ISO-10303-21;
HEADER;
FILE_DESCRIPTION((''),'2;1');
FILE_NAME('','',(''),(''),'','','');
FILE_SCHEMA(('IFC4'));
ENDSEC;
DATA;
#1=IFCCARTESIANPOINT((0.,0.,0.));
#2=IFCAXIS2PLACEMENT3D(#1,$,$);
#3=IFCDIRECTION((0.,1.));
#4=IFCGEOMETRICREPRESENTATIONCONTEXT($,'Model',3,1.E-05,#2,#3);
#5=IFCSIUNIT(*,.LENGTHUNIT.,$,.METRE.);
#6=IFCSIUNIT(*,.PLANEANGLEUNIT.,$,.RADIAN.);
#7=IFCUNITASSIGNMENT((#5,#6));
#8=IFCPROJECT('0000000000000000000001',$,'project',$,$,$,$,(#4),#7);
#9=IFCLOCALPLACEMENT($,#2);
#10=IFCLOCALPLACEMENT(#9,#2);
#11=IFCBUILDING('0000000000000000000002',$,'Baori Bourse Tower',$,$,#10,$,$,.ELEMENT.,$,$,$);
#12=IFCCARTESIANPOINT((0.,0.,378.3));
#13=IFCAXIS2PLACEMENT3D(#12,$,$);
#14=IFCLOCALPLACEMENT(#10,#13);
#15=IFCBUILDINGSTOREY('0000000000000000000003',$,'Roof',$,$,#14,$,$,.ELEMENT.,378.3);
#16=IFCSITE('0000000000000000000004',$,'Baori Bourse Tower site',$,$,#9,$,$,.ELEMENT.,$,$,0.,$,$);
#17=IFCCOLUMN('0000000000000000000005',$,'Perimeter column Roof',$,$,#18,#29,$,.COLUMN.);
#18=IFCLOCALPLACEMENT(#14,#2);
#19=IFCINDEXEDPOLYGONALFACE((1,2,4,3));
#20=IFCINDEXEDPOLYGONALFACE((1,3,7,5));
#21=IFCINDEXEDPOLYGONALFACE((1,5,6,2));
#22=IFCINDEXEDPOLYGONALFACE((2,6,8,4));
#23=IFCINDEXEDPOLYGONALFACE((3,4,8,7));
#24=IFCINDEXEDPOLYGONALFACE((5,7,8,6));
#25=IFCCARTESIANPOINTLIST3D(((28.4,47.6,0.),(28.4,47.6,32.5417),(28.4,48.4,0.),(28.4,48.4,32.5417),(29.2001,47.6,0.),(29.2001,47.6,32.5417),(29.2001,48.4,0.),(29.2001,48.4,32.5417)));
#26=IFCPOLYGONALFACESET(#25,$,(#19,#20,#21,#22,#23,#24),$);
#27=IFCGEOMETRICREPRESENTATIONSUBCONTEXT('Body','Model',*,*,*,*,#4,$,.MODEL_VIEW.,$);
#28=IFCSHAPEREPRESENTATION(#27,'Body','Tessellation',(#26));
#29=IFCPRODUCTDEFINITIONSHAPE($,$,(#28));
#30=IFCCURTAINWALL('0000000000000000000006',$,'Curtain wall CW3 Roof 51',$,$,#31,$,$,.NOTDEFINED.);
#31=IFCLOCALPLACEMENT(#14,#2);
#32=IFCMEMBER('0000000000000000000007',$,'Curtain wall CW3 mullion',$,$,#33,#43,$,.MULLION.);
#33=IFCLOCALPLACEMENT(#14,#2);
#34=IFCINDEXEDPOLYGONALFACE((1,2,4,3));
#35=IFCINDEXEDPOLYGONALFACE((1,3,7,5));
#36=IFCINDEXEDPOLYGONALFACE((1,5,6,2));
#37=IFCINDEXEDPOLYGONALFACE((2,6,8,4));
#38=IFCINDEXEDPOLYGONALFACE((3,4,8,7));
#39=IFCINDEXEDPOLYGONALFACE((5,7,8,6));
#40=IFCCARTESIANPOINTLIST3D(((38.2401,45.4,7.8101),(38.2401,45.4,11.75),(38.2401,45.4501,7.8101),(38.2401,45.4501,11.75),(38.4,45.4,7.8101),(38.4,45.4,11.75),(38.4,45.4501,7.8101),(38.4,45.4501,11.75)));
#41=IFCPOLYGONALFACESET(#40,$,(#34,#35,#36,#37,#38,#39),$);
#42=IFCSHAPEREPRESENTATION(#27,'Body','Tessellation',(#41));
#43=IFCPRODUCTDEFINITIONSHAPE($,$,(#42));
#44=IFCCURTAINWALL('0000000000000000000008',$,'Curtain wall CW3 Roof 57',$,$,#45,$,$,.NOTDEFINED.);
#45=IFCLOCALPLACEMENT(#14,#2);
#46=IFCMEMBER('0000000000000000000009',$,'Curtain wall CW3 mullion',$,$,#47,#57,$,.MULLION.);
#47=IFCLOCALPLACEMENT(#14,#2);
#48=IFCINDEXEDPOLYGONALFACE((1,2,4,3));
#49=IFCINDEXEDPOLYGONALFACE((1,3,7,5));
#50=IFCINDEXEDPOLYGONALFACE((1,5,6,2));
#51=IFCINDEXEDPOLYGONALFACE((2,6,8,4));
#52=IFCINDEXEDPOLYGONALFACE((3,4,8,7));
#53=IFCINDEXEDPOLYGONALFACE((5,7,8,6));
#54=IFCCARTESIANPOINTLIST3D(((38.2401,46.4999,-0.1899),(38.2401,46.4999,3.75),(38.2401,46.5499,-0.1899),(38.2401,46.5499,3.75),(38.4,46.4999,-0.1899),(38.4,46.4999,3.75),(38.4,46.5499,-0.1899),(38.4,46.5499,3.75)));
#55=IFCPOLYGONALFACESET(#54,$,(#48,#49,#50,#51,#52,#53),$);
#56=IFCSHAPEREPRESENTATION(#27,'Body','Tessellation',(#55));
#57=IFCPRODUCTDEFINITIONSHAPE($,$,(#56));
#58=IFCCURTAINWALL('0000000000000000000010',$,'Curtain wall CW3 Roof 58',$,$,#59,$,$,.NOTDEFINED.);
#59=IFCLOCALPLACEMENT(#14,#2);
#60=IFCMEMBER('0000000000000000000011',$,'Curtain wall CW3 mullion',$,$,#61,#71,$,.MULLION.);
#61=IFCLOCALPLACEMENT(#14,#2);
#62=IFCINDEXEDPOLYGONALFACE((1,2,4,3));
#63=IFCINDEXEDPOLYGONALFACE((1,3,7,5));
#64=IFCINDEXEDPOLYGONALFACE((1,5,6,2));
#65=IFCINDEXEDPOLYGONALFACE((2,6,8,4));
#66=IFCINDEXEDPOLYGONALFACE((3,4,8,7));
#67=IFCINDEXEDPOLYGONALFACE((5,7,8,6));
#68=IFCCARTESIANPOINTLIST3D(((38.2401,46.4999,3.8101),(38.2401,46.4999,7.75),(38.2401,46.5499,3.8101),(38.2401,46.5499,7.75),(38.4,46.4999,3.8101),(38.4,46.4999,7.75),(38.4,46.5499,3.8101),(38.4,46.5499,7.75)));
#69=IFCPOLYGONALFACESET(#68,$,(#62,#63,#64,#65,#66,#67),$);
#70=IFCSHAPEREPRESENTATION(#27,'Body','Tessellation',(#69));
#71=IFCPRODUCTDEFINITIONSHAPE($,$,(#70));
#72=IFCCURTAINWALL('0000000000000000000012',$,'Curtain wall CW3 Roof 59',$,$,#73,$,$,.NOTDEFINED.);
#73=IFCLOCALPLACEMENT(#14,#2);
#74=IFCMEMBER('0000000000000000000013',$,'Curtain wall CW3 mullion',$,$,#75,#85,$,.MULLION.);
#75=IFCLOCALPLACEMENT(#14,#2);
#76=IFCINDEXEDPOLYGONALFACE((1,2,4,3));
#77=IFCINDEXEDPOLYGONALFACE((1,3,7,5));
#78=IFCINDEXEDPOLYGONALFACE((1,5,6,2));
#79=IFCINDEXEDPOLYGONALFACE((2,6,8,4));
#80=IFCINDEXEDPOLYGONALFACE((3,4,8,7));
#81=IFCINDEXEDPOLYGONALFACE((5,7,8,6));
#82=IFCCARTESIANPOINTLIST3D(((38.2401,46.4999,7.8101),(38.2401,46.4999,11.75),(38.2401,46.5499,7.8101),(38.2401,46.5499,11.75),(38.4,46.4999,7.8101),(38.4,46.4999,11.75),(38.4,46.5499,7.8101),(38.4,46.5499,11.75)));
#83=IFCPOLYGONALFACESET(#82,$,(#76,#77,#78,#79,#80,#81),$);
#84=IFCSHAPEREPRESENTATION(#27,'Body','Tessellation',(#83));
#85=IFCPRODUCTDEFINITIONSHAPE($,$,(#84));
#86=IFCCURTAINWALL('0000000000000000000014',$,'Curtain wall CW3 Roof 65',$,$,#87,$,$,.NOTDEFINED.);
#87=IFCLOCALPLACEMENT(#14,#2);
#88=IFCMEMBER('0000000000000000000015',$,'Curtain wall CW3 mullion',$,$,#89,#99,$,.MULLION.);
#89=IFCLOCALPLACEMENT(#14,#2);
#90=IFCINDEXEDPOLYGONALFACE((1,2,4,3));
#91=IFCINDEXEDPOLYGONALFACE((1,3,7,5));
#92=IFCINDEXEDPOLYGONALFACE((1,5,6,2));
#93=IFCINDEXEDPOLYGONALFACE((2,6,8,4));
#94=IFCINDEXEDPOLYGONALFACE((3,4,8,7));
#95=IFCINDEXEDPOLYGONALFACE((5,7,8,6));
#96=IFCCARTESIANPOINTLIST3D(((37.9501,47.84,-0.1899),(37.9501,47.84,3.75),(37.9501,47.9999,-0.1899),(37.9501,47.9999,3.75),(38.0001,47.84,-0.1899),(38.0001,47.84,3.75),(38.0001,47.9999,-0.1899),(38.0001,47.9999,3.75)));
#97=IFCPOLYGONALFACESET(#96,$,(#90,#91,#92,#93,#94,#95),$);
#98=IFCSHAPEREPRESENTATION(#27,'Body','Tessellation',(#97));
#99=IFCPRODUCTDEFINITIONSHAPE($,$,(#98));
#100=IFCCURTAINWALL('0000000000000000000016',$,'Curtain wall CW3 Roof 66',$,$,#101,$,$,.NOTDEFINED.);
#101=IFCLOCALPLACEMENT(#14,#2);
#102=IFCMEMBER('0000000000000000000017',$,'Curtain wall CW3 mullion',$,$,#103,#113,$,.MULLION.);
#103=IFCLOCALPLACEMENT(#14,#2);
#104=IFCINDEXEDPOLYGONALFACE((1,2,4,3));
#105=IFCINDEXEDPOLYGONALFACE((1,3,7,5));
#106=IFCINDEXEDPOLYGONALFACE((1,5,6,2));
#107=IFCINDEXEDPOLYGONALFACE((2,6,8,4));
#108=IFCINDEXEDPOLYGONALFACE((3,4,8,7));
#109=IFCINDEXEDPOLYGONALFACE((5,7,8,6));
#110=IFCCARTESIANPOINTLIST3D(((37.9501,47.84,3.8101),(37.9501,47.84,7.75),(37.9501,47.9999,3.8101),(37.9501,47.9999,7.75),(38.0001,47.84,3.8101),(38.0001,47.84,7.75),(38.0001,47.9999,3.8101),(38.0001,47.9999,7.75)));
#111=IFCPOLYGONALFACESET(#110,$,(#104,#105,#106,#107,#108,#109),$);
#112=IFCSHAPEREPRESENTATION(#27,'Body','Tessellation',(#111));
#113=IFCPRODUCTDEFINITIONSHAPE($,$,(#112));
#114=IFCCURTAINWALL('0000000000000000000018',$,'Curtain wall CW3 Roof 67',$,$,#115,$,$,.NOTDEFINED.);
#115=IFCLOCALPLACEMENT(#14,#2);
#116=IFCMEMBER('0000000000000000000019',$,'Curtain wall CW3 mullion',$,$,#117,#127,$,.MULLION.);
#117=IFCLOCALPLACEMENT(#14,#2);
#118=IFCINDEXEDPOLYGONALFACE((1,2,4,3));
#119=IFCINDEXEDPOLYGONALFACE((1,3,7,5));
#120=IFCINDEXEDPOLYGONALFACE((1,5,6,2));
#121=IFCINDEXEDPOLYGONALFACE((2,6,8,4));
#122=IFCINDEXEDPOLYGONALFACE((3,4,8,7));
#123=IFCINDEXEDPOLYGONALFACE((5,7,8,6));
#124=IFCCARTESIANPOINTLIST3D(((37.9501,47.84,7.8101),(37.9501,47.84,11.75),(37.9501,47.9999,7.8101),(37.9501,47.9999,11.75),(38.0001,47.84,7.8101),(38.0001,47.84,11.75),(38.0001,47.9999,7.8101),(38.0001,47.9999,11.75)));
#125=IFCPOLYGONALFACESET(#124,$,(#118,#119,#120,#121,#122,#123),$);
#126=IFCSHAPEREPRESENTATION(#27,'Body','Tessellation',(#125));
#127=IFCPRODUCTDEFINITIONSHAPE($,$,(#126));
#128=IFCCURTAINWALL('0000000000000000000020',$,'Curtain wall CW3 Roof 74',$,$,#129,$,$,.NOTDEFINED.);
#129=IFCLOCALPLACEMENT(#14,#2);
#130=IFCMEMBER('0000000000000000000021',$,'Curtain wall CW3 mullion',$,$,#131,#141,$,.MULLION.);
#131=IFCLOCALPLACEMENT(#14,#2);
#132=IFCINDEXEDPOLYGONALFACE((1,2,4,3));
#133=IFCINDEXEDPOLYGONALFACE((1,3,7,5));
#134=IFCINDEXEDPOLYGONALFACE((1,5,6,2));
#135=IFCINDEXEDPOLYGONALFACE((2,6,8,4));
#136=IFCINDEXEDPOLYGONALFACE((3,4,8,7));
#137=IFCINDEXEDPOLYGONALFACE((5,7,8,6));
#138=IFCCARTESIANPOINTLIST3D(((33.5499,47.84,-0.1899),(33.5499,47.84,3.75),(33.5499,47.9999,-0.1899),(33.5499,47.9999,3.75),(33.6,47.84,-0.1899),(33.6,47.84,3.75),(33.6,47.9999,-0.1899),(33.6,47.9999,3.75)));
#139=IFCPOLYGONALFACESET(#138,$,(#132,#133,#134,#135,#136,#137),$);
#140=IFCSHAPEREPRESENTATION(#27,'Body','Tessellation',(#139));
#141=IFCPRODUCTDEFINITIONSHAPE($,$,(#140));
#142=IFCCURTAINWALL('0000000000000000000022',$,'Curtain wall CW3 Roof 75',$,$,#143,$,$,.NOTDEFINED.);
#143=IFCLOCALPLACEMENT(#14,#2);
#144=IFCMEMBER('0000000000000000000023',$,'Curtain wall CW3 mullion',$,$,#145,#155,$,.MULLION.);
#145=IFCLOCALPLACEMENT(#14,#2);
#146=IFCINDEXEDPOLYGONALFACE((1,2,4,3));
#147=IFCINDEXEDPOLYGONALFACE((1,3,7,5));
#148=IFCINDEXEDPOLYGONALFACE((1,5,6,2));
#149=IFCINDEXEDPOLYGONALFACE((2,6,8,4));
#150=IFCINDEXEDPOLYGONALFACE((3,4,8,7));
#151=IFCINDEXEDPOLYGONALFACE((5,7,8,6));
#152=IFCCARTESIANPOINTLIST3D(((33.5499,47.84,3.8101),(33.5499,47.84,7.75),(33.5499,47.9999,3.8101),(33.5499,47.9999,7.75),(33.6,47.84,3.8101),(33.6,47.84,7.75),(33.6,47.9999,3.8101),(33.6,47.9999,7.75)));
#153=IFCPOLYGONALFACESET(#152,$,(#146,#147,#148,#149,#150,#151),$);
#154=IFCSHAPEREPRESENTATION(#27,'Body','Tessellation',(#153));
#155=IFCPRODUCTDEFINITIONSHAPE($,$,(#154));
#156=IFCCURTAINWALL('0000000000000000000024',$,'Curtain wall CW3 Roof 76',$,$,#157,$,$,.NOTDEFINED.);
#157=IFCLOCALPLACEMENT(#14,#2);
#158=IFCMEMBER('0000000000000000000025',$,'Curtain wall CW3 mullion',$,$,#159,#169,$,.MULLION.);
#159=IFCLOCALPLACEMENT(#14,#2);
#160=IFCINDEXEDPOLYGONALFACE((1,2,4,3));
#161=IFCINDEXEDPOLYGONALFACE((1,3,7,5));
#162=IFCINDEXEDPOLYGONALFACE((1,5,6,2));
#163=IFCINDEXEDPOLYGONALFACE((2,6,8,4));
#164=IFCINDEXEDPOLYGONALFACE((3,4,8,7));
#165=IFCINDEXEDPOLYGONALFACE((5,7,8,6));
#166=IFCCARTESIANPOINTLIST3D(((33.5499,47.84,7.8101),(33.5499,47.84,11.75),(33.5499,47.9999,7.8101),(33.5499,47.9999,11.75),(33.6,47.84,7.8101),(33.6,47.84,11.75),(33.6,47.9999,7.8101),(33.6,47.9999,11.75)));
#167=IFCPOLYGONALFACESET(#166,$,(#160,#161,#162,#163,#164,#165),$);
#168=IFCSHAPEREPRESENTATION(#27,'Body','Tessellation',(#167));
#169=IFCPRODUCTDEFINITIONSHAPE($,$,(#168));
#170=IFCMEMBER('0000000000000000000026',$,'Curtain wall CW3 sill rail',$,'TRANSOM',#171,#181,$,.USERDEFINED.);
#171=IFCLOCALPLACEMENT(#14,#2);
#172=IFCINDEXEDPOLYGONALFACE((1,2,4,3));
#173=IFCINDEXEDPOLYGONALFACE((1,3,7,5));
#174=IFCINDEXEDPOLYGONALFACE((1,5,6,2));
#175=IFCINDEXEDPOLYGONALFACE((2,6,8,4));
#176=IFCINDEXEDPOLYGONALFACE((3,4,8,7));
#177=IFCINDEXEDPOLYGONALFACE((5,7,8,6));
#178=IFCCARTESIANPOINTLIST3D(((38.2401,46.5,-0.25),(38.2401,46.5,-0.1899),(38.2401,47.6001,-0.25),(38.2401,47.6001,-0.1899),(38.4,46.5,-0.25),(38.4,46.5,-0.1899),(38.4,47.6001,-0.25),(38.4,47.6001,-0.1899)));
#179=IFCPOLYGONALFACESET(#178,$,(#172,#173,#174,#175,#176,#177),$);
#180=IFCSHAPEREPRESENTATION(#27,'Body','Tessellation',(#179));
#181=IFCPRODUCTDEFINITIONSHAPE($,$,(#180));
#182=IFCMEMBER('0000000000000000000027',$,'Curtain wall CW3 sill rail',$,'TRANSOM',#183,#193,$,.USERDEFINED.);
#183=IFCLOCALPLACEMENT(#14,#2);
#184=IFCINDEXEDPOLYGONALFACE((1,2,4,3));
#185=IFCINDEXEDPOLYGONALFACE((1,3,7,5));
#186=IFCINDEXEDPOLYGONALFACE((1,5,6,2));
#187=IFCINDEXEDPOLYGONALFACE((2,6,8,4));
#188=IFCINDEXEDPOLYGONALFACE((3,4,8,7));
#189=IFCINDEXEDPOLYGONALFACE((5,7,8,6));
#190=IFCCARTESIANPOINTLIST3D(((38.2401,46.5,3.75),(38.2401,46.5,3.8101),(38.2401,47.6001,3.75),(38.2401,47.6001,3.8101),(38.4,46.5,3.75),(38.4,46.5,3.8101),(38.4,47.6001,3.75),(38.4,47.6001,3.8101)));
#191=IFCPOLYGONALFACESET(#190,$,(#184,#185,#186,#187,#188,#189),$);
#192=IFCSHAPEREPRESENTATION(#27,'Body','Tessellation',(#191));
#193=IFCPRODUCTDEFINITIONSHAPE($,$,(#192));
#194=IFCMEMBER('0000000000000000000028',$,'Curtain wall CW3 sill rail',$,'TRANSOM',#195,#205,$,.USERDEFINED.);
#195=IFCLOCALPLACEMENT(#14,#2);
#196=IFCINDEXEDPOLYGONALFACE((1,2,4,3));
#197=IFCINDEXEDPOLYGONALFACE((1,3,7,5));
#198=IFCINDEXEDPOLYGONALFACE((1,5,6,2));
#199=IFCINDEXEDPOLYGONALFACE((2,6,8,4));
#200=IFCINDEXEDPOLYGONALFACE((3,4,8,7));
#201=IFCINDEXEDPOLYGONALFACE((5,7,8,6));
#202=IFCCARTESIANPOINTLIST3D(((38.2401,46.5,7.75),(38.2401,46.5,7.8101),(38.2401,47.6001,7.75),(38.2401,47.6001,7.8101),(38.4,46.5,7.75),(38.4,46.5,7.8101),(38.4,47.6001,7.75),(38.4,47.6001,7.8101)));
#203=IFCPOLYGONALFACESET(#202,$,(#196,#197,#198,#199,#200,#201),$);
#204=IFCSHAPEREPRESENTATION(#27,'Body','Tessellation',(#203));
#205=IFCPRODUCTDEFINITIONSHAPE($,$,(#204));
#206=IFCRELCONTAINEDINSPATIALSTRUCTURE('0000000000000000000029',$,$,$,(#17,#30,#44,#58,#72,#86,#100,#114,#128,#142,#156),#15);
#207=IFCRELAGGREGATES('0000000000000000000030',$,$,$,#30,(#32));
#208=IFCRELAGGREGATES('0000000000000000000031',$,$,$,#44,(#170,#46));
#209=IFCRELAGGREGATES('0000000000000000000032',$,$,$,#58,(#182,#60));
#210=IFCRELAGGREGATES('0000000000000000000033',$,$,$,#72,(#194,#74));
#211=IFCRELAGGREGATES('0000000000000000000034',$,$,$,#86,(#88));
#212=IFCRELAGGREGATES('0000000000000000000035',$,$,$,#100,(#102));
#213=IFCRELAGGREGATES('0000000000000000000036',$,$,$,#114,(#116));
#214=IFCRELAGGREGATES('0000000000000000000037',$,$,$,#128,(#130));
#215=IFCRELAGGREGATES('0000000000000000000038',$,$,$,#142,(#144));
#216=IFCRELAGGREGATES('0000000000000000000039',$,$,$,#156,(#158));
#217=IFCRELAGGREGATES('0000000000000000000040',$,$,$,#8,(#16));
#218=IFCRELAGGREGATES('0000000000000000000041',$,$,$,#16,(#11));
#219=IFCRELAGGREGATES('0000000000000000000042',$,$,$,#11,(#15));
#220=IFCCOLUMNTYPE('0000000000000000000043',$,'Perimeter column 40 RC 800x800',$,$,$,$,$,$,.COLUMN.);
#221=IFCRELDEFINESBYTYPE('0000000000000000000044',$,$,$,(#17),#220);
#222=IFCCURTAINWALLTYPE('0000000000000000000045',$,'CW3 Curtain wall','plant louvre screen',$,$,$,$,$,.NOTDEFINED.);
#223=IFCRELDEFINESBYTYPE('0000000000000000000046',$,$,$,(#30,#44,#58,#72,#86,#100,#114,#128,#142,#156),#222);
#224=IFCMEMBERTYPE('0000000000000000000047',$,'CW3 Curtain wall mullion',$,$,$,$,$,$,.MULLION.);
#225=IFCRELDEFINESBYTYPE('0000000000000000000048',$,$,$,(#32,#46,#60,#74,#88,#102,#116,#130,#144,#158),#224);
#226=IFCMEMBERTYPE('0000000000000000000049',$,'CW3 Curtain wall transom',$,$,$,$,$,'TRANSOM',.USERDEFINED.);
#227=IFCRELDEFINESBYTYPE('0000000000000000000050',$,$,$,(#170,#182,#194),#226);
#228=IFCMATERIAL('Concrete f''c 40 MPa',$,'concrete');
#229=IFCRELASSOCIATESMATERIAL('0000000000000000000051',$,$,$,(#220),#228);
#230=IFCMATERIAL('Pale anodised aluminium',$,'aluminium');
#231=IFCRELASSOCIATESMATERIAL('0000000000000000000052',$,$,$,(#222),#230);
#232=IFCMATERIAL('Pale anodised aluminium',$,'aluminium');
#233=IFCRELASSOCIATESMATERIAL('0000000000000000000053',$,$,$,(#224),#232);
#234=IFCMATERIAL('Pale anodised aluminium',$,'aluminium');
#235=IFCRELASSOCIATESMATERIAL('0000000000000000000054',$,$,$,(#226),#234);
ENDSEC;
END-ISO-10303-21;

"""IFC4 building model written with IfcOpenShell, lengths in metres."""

from ifc_helpers import new_model, si_unit, direction, frame, origin, origin_2d, place, context, subcontext, project, spatial, rectangle, extrude, material, material_profile, profile_set, type_object, element, aggregate, save


model = new_model("IFC4")

# Units and contexts
model_context = context("Model", 3, precision=1e-05, world=origin(), true_north=direction((0.0, 1.0)))
body_context = subcontext(model_context, "Body", "Model", "MODEL_VIEW")
ifc_project = project(units=[si_unit("LENGTHUNIT", "METRE"), si_unit("PLANEANGLEUNIT", "RADIAN")], contexts=[model_context])

# Site, building, storey
site_placement = place(None, origin())
site = spatial("IfcSite", under=ifc_project, at=site_placement, Name="Baori Bourse Tower site", CompositionType="ELEMENT", RefElevation=0.0)
building_placement = place(site_placement, origin())
building = spatial("IfcBuilding", under=site, at=building_placement, Name="Baori Bourse Tower", CompositionType="ELEMENT")
storey_placement = place(building_placement, frame((0.0, 0.0, 378.3)))
storey = spatial("IfcBuildingStorey", under=building, at=storey_placement, Name="Roof", CompositionType="ELEMENT", Elevation=378.3)

# Column
ifc_material_1 = material(Name="Concrete f'c 40 MPa", Category="concrete")
ifc_material_profile_1 = material_profile(ifc_material_1, rectangle(XDim=0.8, YDim=0.8, at=origin_2d()), Name="RC 800x800")
ifc_profile_set_1 = profile_set([ifc_material_profile_1], Name="Concrete f'c 40 MPa")
column_type = type_object("IfcColumnType", Name="Perimeter column 40 RC 800x800", PredefinedType="COLUMN", material=ifc_profile_set_1)
column_placement = place(storey_placement, frame((28.8, 48.0, 0.0), z_axis=(0.0, 0.0, 1.0), x_axis=(1.0, 0.0, 0.0)))
element("IfcColumn", 1, at=column_placement, inside=storey, type_object=column_type, Name="Perimeter column Roof", PredefinedType="COLUMN", context=body_context, shape_type="SweptSolid", body=[
    extrude(rectangle(XDim=0.8, YDim=0.8, at=origin_2d()), origin(), (0.0, 0.0, 1.0), 32.5417),
])

# Curtain walls, members
ifc_material_2 = material(Name="Pale anodised aluminium", Category="aluminium")
curtain_wall_type = type_object("IfcCurtainWallType", Name="CW3 Curtain wall", Description="plant louvre screen", PredefinedType="NOTDEFINED", material=ifc_material_2)
curtain_wall_1_placement = place(storey_placement, origin())
curtain_wall_1 = element("IfcCurtainWall", 2, at=curtain_wall_1_placement, inside=storey, type_object=curtain_wall_type, Name="Curtain wall CW3 Roof 51", PredefinedType="NOTDEFINED")
ifc_material_3 = material(Name="Pale anodised aluminium", Category="aluminium")
ifc_material_profile_2 = material_profile(ifc_material_3, rectangle(XDim=0.1599, YDim=0.05, at=origin_2d()), Name="Mullion 50x160")
ifc_profile_set_2 = profile_set([ifc_material_profile_2], Name="Pale anodised aluminium")
member_type_1 = type_object("IfcMemberType", Name="CW3 Curtain wall mullion", PredefinedType="MULLION", material=ifc_profile_set_2)
member_1_placement = place(storey_placement, frame((38.3201, 45.425, 7.8101), z_axis=(0.0, 0.0, 1.0), x_axis=(-1.0, 0.0, 0.0)))
member_1 = element("IfcMember", 3, at=member_1_placement, type_object=member_type_1, Name="Curtain wall CW3 mullion", PredefinedType="MULLION", context=body_context, shape_type="SweptSolid", body=[
    extrude(rectangle(XDim=0.1599, YDim=0.05, at=origin_2d()), origin(), (0.0, 0.0, 1.0), 3.9399),
])
curtain_wall_2_placement = place(storey_placement, origin())
curtain_wall_2 = element("IfcCurtainWall", 4, at=curtain_wall_2_placement, inside=storey, type_object=curtain_wall_type, Name="Curtain wall CW3 Roof 57", PredefinedType="NOTDEFINED")
member_2_placement = place(storey_placement, frame((38.3201, 46.5249, -0.1899), z_axis=(0.0, 0.0, 1.0), x_axis=(-1.0, 0.0, 0.0)))
member_2 = element("IfcMember", 5, at=member_2_placement, type_object=member_type_1, Name="Curtain wall CW3 mullion", PredefinedType="MULLION", context=body_context, shape_type="SweptSolid", body=[
    extrude(rectangle(XDim=0.1599, YDim=0.05, at=origin_2d()), origin(), (0.0, 0.0, 1.0), 3.9399),
])
curtain_wall_3_placement = place(storey_placement, origin())
curtain_wall_3 = element("IfcCurtainWall", 6, at=curtain_wall_3_placement, inside=storey, type_object=curtain_wall_type, Name="Curtain wall CW3 Roof 58", PredefinedType="NOTDEFINED")
member_3_placement = place(storey_placement, frame((38.3201, 46.5249, 3.8101), z_axis=(0.0, 0.0, 1.0), x_axis=(-1.0, 0.0, 0.0)))
member_3 = element("IfcMember", 7, at=member_3_placement, type_object=member_type_1, Name="Curtain wall CW3 mullion", PredefinedType="MULLION", context=body_context, shape_type="SweptSolid", body=[
    extrude(rectangle(XDim=0.1599, YDim=0.05, at=origin_2d()), origin(), (0.0, 0.0, 1.0), 3.9399),
])
curtain_wall_4_placement = place(storey_placement, origin())
curtain_wall_4 = element("IfcCurtainWall", 8, at=curtain_wall_4_placement, inside=storey, type_object=curtain_wall_type, Name="Curtain wall CW3 Roof 59", PredefinedType="NOTDEFINED")
member_4_placement = place(storey_placement, frame((38.3201, 46.5249, 7.8101), z_axis=(0.0, 0.0, 1.0), x_axis=(-1.0, 0.0, 0.0)))
member_4 = element("IfcMember", 9, at=member_4_placement, type_object=member_type_1, Name="Curtain wall CW3 mullion", PredefinedType="MULLION", context=body_context, shape_type="SweptSolid", body=[
    extrude(rectangle(XDim=0.1599, YDim=0.05, at=origin_2d()), origin(), (0.0, 0.0, 1.0), 3.9399),
])
curtain_wall_5_placement = place(storey_placement, origin())
curtain_wall_5 = element("IfcCurtainWall", 10, at=curtain_wall_5_placement, inside=storey, type_object=curtain_wall_type, Name="Curtain wall CW3 Roof 65", PredefinedType="NOTDEFINED")
member_5_placement = place(storey_placement, frame((37.9751, 47.9199, -0.1899), z_axis=(0.0, 0.0, 1.0), x_axis=(0.0, -1.0, 0.0)))
member_5 = element("IfcMember", 11, at=member_5_placement, type_object=member_type_1, Name="Curtain wall CW3 mullion", PredefinedType="MULLION", context=body_context, shape_type="SweptSolid", body=[
    extrude(rectangle(XDim=0.1599, YDim=0.05, at=origin_2d()), origin(), (0.0, 0.0, 1.0), 3.9399),
])
curtain_wall_6_placement = place(storey_placement, origin())
curtain_wall_6 = element("IfcCurtainWall", 12, at=curtain_wall_6_placement, inside=storey, type_object=curtain_wall_type, Name="Curtain wall CW3 Roof 66", PredefinedType="NOTDEFINED")
member_6_placement = place(storey_placement, frame((37.9751, 47.9199, 3.8101), z_axis=(0.0, 0.0, 1.0), x_axis=(0.0, -1.0, 0.0)))
member_6 = element("IfcMember", 13, at=member_6_placement, type_object=member_type_1, Name="Curtain wall CW3 mullion", PredefinedType="MULLION", context=body_context, shape_type="SweptSolid", body=[
    extrude(rectangle(XDim=0.1599, YDim=0.05, at=origin_2d()), origin(), (0.0, 0.0, 1.0), 3.9399),
])
curtain_wall_7_placement = place(storey_placement, origin())
curtain_wall_7 = element("IfcCurtainWall", 14, at=curtain_wall_7_placement, inside=storey, type_object=curtain_wall_type, Name="Curtain wall CW3 Roof 67", PredefinedType="NOTDEFINED")
member_7_placement = place(storey_placement, frame((37.9751, 47.9199, 7.8101), z_axis=(0.0, 0.0, 1.0), x_axis=(0.0, -1.0, 0.0)))
member_7 = element("IfcMember", 15, at=member_7_placement, type_object=member_type_1, Name="Curtain wall CW3 mullion", PredefinedType="MULLION", context=body_context, shape_type="SweptSolid", body=[
    extrude(rectangle(XDim=0.1599, YDim=0.05, at=origin_2d()), origin(), (0.0, 0.0, 1.0), 3.9399),
])
curtain_wall_8_placement = place(storey_placement, origin())
curtain_wall_8 = element("IfcCurtainWall", 16, at=curtain_wall_8_placement, inside=storey, type_object=curtain_wall_type, Name="Curtain wall CW3 Roof 74", PredefinedType="NOTDEFINED")
member_8_placement = place(storey_placement, frame((33.575, 47.9199, -0.1899), z_axis=(0.0, 0.0, 1.0), x_axis=(0.0, -1.0, 0.0)))
member_8 = element("IfcMember", 17, at=member_8_placement, type_object=member_type_1, Name="Curtain wall CW3 mullion", PredefinedType="MULLION", context=body_context, shape_type="SweptSolid", body=[
    extrude(rectangle(XDim=0.1599, YDim=0.05, at=origin_2d()), origin(), (0.0, 0.0, 1.0), 3.9399),
])
curtain_wall_9_placement = place(storey_placement, origin())
curtain_wall_9 = element("IfcCurtainWall", 18, at=curtain_wall_9_placement, inside=storey, type_object=curtain_wall_type, Name="Curtain wall CW3 Roof 75", PredefinedType="NOTDEFINED")
member_9_placement = place(storey_placement, frame((33.575, 47.9199, 3.8101), z_axis=(0.0, 0.0, 1.0), x_axis=(0.0, -1.0, 0.0)))
member_9 = element("IfcMember", 19, at=member_9_placement, type_object=member_type_1, Name="Curtain wall CW3 mullion", PredefinedType="MULLION", context=body_context, shape_type="SweptSolid", body=[
    extrude(rectangle(XDim=0.1599, YDim=0.05, at=origin_2d()), origin(), (0.0, 0.0, 1.0), 3.9399),
])
curtain_wall_10_placement = place(storey_placement, origin())
curtain_wall_10 = element("IfcCurtainWall", 20, at=curtain_wall_10_placement, inside=storey, type_object=curtain_wall_type, Name="Curtain wall CW3 Roof 76", PredefinedType="NOTDEFINED")
member_10_placement = place(storey_placement, frame((33.575, 47.9199, 7.8101), z_axis=(0.0, 0.0, 1.0), x_axis=(0.0, -1.0, 0.0)))
member_10 = element("IfcMember", 21, at=member_10_placement, type_object=member_type_1, Name="Curtain wall CW3 mullion", PredefinedType="MULLION", context=body_context, shape_type="SweptSolid", body=[
    extrude(rectangle(XDim=0.1599, YDim=0.05, at=origin_2d()), origin(), (0.0, 0.0, 1.0), 3.9399),
])

# Members
ifc_material_4 = material(Name="Pale anodised aluminium", Category="aluminium")
ifc_material_profile_3 = material_profile(ifc_material_4, rectangle(XDim=0.1599, YDim=0.0601, at=origin_2d()), Name="Transom 60x160")
ifc_profile_set_3 = profile_set([ifc_material_profile_3], Name="Pale anodised aluminium")
member_type_2 = type_object("IfcMemberType", Name="CW3 Curtain wall transom", ElementType="TRANSOM", PredefinedType="USERDEFINED", material=ifc_profile_set_3)
member_11_placement = place(storey_placement, frame((38.3201, 46.5, -0.22), z_axis=(0.0, 1.0, 0.0), x_axis=(-1.0, 0.0, 0.0)))
member_11 = element("IfcMember", 22, at=member_11_placement, type_object=member_type_2, Name="Curtain wall CW3 sill rail", ObjectType="TRANSOM", PredefinedType="USERDEFINED", context=body_context, shape_type="SweptSolid", body=[
    extrude(rectangle(XDim=0.1599, YDim=0.0601, at=origin_2d()), origin(), (0.0, 0.0, 1.0), 1.1001),
])
member_12_placement = place(storey_placement, frame((38.3201, 46.5, 3.78), z_axis=(0.0, 1.0, 0.0), x_axis=(-1.0, 0.0, 0.0)))
member_12 = element("IfcMember", 23, at=member_12_placement, type_object=member_type_2, Name="Curtain wall CW3 sill rail", ObjectType="TRANSOM", PredefinedType="USERDEFINED", context=body_context, shape_type="SweptSolid", body=[
    extrude(rectangle(XDim=0.1599, YDim=0.0601, at=origin_2d()), origin(), (0.0, 0.0, 1.0), 1.1001),
])
member_13_placement = place(storey_placement, frame((38.3201, 46.5, 7.78), z_axis=(0.0, 1.0, 0.0), x_axis=(-1.0, 0.0, 0.0)))
member_13 = element("IfcMember", 24, at=member_13_placement, type_object=member_type_2, Name="Curtain wall CW3 sill rail", ObjectType="TRANSOM", PredefinedType="USERDEFINED", context=body_context, shape_type="SweptSolid", body=[
    extrude(rectangle(XDim=0.1599, YDim=0.0601, at=origin_2d()), origin(), (0.0, 0.0, 1.0), 1.1001),
])

aggregate(curtain_wall_1, [member_1])
aggregate(curtain_wall_2, [member_11, member_2])
aggregate(curtain_wall_3, [member_12, member_3])
aggregate(curtain_wall_4, [member_13, member_4])
aggregate(curtain_wall_5, [member_5])
aggregate(curtain_wall_6, [member_6])
aggregate(curtain_wall_7, [member_7])
aggregate(curtain_wall_8, [member_8])
aggregate(curtain_wall_9, [member_9])
aggregate(curtain_wall_10, [member_10])

save(model, "model.ifc")
